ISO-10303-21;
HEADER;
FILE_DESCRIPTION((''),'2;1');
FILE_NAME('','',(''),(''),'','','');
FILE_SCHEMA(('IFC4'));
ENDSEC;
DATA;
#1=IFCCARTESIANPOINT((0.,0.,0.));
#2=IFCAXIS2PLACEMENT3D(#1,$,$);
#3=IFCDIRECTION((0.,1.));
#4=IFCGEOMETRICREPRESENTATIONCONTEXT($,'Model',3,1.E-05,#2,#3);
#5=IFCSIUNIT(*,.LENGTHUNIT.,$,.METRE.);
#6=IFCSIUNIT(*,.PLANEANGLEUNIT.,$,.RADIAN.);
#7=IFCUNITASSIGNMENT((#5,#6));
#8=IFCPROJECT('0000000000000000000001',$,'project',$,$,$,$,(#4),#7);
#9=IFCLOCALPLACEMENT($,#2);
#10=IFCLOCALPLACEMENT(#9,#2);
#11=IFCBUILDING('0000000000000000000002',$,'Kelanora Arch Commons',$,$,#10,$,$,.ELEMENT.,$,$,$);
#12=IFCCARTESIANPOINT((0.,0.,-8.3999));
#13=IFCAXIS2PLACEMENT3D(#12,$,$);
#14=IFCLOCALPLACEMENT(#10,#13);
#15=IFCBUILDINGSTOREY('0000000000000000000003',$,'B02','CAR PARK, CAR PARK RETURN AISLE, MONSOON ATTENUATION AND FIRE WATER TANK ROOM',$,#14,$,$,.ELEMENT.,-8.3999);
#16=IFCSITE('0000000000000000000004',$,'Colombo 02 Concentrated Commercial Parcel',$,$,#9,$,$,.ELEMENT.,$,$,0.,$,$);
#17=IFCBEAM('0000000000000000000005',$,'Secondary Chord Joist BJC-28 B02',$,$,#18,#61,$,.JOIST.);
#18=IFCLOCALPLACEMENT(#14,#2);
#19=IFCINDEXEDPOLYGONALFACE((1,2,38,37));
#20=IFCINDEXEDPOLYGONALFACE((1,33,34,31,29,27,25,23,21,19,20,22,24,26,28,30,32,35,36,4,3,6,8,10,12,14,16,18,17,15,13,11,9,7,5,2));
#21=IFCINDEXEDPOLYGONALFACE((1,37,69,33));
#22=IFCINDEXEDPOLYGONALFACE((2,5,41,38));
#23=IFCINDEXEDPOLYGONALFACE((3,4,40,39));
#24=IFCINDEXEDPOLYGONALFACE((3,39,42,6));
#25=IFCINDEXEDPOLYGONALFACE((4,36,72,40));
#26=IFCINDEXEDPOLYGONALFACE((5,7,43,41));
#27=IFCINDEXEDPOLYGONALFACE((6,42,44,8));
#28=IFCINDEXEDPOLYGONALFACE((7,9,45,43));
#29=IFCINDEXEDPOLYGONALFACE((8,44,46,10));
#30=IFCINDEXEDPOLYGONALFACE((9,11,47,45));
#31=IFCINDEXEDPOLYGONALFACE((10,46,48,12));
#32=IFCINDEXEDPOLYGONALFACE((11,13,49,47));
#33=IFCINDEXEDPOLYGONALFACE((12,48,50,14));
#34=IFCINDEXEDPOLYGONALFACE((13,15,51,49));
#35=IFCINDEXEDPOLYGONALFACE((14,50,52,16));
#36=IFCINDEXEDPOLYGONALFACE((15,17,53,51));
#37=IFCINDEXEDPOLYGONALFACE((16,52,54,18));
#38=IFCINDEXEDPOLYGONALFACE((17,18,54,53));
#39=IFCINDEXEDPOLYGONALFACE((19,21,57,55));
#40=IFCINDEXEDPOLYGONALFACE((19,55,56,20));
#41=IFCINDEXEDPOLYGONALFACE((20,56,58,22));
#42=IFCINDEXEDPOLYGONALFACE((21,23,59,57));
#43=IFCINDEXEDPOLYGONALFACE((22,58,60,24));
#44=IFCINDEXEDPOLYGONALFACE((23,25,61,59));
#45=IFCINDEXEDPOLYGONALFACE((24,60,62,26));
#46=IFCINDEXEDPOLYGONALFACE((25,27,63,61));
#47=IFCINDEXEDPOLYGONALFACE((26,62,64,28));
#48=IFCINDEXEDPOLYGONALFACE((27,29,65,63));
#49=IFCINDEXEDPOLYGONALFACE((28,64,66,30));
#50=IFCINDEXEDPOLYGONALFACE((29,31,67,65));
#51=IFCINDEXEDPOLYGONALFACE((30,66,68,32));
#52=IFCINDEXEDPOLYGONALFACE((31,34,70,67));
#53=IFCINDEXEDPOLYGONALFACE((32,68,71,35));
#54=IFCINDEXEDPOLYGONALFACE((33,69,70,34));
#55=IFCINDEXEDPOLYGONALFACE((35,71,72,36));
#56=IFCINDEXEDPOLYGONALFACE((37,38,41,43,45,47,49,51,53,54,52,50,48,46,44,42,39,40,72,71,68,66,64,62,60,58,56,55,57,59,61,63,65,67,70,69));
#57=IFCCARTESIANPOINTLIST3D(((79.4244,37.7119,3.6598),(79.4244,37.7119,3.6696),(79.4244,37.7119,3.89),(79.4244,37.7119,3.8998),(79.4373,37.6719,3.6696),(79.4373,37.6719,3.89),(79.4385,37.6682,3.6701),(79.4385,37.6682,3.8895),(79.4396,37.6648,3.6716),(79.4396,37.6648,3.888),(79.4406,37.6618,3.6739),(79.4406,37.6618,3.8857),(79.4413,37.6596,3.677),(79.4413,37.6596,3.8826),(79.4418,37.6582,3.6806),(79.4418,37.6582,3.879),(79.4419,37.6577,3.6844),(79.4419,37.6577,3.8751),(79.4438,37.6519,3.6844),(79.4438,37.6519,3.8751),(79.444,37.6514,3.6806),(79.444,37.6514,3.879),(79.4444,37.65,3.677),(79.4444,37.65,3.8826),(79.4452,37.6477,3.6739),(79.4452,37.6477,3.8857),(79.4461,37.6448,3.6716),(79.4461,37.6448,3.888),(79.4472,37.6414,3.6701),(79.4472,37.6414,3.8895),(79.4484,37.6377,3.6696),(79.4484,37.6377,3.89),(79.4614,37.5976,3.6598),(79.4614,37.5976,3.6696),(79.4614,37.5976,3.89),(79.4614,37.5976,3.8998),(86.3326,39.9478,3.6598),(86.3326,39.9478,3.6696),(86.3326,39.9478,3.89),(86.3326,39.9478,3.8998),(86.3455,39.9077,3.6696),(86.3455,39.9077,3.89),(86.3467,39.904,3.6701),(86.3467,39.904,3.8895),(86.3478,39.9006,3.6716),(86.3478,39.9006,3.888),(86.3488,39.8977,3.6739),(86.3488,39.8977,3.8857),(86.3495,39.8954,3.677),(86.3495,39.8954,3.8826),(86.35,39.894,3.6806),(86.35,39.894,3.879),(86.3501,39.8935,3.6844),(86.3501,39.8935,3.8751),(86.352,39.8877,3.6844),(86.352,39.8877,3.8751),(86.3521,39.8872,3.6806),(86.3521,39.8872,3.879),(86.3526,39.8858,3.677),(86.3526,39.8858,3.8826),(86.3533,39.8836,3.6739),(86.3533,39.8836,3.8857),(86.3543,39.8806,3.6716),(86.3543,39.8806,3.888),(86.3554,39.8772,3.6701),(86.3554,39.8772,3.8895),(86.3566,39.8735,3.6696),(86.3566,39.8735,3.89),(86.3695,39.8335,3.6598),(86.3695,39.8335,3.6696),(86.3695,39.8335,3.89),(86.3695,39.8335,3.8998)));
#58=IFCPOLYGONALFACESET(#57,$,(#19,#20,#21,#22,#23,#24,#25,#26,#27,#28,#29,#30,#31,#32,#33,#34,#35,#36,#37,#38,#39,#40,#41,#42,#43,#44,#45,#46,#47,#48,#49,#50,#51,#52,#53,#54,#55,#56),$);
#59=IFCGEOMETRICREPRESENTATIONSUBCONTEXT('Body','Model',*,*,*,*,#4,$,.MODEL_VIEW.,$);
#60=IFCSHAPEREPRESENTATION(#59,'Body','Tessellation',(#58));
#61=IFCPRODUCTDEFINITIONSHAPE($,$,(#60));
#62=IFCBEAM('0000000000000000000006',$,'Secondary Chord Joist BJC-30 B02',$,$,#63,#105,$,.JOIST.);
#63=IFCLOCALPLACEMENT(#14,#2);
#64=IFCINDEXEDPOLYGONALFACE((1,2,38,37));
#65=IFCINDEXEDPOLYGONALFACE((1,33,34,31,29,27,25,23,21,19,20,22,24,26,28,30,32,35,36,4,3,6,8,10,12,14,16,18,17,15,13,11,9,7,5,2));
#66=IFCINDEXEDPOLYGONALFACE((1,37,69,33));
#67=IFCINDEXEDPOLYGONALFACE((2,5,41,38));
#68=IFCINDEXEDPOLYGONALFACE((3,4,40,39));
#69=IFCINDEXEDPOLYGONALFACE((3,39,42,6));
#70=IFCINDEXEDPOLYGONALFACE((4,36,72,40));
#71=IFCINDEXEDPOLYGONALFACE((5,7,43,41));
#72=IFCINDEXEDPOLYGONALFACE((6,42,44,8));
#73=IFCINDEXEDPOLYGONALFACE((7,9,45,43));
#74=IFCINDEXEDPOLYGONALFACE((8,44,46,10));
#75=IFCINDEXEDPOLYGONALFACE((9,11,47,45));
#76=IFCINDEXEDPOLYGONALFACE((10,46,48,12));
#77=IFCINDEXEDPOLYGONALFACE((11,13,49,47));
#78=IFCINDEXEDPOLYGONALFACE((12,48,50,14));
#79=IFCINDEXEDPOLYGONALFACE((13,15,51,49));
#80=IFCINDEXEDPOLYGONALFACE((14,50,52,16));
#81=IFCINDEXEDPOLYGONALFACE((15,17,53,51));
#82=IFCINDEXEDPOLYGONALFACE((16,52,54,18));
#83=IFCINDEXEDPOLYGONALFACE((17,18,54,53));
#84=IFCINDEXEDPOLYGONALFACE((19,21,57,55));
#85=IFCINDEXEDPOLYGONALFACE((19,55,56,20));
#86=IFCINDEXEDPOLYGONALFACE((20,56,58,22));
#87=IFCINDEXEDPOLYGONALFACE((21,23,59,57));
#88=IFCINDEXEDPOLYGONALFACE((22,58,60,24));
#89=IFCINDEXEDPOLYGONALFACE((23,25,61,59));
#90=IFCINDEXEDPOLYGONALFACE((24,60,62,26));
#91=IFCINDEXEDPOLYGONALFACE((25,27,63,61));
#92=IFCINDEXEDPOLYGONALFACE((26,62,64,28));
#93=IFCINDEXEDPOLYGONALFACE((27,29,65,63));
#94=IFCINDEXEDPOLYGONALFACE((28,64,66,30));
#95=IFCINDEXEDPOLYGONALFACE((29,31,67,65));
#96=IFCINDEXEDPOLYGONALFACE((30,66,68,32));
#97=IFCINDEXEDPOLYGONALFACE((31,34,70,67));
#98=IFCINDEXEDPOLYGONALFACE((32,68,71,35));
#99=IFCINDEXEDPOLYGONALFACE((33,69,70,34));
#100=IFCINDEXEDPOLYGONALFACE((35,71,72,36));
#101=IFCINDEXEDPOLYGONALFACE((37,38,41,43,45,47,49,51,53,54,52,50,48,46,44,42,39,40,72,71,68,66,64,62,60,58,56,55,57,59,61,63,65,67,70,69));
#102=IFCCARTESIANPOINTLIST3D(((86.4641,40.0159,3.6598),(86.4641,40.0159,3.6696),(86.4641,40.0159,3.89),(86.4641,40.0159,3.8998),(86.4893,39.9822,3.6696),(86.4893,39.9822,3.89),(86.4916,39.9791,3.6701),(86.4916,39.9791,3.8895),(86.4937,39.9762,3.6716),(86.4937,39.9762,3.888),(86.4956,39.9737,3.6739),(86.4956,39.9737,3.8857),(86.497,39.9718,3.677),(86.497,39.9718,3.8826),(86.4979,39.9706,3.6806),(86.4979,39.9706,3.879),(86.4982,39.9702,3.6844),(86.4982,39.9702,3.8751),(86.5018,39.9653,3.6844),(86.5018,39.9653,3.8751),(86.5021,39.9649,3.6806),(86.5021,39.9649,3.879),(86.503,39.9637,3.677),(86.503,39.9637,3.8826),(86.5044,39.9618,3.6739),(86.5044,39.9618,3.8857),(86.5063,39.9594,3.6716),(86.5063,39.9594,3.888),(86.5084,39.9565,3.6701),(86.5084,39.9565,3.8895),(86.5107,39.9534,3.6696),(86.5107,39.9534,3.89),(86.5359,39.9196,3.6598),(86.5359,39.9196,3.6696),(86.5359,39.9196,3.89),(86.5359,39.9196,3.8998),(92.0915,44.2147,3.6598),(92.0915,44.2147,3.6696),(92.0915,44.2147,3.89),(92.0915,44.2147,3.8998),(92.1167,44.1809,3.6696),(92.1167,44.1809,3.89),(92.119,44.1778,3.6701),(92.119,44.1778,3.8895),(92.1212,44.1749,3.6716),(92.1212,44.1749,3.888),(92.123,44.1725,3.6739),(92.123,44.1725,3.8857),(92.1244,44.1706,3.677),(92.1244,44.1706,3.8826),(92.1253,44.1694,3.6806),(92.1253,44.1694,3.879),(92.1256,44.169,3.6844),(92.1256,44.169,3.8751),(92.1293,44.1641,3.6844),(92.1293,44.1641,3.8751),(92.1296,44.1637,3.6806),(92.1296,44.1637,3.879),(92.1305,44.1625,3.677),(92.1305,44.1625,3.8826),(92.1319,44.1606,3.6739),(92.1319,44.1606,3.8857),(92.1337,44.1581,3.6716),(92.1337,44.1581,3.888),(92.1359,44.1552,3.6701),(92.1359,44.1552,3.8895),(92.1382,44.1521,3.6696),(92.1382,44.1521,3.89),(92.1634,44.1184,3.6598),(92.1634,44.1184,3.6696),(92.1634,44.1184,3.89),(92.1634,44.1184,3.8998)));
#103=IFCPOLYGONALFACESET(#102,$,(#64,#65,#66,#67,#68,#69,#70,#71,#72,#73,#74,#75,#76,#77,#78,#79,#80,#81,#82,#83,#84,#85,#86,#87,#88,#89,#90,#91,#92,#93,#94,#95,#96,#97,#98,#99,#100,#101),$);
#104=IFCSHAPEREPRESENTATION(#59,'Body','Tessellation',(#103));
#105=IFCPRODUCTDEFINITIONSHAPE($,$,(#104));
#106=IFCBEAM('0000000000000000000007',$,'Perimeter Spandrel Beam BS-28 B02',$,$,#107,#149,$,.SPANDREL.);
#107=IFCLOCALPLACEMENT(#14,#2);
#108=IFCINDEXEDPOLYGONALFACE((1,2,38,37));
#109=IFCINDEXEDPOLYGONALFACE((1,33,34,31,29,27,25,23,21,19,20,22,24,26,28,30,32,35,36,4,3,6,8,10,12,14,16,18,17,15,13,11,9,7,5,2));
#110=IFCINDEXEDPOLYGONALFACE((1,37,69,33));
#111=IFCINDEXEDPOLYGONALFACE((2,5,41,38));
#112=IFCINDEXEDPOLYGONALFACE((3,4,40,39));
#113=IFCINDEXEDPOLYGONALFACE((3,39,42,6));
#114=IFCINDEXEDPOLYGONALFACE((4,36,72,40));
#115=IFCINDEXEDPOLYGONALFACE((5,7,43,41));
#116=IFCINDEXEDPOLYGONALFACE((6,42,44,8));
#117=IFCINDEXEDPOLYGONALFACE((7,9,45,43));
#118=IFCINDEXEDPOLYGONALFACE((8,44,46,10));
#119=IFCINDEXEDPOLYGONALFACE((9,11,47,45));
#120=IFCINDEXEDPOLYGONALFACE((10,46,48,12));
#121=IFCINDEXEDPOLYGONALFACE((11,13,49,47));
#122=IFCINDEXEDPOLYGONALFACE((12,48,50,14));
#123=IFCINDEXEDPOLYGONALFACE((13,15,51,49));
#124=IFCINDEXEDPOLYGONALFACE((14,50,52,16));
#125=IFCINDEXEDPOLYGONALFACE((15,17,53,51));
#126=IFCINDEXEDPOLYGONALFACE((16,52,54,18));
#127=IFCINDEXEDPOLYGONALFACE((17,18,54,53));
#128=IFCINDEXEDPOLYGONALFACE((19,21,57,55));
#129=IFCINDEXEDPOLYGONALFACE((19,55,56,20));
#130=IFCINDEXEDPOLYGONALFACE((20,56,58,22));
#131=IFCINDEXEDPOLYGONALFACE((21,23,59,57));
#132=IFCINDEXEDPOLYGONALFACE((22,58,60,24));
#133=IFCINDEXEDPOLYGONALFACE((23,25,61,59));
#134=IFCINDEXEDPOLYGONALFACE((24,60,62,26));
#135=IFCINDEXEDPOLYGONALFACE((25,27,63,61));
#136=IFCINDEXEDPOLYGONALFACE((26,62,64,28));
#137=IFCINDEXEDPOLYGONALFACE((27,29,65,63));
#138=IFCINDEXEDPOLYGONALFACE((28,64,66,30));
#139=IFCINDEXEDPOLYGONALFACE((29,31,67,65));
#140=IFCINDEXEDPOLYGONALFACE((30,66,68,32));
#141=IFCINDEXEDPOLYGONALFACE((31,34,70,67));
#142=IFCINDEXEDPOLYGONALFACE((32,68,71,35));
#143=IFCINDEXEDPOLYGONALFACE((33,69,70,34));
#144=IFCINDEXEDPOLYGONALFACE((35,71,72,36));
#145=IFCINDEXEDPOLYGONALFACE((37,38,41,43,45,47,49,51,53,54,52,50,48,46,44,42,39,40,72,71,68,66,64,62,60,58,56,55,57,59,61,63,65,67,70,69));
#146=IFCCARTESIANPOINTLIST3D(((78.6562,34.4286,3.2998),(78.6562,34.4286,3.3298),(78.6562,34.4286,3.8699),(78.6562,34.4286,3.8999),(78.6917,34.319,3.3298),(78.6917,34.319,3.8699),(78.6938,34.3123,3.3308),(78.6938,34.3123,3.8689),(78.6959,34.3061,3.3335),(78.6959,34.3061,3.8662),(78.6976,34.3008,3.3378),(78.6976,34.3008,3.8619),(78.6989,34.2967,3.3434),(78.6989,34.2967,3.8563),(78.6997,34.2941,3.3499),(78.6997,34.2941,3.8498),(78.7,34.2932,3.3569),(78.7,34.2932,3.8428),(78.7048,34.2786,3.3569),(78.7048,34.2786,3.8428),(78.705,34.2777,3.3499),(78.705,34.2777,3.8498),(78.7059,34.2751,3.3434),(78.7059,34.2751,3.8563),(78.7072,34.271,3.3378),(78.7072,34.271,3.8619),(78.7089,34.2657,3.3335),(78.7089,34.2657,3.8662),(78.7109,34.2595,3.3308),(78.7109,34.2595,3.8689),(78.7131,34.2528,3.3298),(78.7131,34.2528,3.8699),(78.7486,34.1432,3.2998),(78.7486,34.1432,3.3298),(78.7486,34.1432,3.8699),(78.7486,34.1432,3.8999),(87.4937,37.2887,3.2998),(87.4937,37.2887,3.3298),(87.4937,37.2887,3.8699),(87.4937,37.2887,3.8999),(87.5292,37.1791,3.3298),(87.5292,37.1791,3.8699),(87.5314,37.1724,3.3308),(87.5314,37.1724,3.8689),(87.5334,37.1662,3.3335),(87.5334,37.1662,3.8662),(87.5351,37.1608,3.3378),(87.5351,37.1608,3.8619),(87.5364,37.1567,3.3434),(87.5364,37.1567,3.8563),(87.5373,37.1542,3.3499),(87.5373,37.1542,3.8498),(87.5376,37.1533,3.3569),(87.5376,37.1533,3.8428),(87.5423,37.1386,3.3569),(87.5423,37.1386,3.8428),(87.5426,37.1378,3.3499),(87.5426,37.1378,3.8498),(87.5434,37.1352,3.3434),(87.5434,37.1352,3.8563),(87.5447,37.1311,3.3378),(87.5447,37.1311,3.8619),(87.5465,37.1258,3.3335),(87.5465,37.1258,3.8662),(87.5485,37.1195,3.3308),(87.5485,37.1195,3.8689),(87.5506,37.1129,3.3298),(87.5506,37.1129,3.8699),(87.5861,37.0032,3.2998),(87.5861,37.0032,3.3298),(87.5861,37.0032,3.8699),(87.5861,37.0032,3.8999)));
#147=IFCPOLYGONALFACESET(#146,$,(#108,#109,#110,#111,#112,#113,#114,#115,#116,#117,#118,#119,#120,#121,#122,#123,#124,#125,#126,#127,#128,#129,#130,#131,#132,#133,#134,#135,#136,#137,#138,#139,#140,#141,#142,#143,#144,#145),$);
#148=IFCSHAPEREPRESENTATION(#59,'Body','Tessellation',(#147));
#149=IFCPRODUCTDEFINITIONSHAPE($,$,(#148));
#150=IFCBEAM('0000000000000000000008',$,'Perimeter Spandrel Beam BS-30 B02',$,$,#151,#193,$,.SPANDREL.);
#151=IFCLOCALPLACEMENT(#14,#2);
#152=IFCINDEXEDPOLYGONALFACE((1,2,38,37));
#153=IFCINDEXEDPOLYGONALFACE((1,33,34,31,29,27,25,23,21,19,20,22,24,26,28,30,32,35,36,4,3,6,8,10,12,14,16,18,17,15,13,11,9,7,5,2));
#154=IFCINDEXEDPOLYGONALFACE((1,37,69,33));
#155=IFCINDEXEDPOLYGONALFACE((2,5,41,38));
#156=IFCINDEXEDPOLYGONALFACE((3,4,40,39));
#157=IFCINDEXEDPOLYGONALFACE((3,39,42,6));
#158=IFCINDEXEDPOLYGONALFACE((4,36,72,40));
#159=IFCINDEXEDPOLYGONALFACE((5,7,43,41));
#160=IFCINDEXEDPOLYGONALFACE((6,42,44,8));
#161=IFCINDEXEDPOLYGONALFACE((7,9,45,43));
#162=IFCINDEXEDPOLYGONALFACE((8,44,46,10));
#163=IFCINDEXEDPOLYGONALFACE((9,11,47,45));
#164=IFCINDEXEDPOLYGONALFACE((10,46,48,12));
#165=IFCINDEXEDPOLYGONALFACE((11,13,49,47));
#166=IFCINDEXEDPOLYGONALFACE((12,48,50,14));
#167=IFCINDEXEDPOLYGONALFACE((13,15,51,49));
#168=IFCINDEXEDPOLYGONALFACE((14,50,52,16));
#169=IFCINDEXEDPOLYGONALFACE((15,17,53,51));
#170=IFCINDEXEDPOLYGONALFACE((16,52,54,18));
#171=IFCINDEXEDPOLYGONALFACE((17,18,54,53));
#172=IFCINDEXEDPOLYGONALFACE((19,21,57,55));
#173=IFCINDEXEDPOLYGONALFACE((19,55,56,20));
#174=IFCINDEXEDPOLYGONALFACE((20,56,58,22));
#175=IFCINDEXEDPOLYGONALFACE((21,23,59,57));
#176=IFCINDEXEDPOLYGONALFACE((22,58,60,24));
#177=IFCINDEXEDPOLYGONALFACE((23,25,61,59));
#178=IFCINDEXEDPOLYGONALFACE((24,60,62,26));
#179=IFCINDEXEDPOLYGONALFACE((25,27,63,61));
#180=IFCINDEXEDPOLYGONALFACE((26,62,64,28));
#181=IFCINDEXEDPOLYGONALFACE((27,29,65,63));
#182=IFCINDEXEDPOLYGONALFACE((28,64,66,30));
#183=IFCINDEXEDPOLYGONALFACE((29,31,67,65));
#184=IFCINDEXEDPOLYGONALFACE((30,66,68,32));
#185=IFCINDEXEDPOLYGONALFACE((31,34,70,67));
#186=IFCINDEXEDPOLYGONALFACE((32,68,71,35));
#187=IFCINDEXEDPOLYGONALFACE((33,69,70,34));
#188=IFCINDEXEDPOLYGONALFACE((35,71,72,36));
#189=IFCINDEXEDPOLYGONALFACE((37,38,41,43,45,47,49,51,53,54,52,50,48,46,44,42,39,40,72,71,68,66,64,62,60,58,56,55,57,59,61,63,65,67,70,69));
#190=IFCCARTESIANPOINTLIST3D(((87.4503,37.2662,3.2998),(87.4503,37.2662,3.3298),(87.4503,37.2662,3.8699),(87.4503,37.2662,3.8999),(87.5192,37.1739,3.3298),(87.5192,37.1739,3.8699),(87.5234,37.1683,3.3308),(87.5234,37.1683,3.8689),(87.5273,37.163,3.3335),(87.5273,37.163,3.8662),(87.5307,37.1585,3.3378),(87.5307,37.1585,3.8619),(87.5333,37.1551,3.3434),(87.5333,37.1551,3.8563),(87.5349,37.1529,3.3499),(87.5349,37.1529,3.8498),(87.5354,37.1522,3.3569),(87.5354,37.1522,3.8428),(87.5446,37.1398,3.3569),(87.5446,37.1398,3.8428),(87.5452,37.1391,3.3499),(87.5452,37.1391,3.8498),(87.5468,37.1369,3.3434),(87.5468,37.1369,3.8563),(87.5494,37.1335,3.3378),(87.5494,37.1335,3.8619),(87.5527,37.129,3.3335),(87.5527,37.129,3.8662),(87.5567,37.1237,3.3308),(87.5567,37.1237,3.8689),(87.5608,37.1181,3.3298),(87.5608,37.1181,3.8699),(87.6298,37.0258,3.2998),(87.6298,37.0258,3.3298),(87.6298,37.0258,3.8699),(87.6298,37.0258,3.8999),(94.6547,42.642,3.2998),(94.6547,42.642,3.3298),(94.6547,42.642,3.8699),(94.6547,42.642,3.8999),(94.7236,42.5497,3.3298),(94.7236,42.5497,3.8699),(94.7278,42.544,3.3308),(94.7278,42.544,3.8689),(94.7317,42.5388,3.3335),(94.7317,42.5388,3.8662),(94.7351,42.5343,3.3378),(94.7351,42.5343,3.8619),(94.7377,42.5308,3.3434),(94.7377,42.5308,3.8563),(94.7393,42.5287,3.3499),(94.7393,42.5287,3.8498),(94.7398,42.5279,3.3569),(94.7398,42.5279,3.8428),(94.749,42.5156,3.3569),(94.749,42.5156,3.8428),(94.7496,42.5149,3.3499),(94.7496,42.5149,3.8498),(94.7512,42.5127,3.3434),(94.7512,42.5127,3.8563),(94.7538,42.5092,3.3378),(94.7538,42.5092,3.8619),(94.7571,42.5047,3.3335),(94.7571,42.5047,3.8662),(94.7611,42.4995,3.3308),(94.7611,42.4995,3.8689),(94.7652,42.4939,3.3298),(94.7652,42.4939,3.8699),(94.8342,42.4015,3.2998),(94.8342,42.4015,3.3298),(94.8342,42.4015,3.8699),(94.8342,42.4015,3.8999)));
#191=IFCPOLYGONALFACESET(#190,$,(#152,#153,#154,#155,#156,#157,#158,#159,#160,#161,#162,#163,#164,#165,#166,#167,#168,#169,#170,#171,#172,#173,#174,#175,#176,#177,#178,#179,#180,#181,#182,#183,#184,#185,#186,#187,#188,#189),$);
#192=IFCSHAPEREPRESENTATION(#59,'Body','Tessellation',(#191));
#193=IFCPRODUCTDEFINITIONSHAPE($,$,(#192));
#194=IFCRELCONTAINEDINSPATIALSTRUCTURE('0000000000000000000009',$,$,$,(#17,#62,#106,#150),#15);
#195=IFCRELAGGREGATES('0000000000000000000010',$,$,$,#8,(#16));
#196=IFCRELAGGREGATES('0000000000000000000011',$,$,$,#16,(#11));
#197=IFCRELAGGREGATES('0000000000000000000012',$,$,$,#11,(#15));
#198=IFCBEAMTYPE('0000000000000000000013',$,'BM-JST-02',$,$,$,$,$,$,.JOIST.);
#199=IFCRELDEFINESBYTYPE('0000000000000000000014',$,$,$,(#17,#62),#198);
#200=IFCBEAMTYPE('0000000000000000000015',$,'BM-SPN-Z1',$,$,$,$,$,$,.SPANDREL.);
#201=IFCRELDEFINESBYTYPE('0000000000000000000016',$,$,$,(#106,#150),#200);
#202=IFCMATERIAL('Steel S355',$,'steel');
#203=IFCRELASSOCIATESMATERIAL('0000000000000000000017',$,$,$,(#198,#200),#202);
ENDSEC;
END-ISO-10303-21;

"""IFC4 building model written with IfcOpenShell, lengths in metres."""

from ifc_helpers import new_model, si_unit, direction, frame, origin, origin_2d, place, context, subcontext, project, spatial, i_section, extrude, material, material_profile, profile_set, type_object, element, save


model = new_model("IFC4")

# Units and contexts
model_context = context("Model", 3, precision=1e-05, world=origin(), true_north=direction((0.0, 1.0)))
body_context = subcontext(model_context, "Body", "Model", "MODEL_VIEW")
ifc_project = project(units=[si_unit("LENGTHUNIT", "METRE"), si_unit("PLANEANGLEUNIT", "RADIAN")], contexts=[model_context])

# Site, building, storey
site_placement = place(None, origin())
site = spatial("IfcSite", under=ifc_project, at=site_placement, Name="Colombo 02 Concentrated Commercial Parcel", CompositionType="ELEMENT", RefElevation=0.0)
building_placement = place(site_placement, origin())
building = spatial("IfcBuilding", under=site, at=building_placement, Name="Kelanora Arch Commons", CompositionType="ELEMENT")
storey_placement = place(building_placement, frame((0.0, 0.0, -8.3999)))
storey = spatial("IfcBuildingStorey", under=building, at=storey_placement, Name="B02", Description="CAR PARK, CAR PARK RETURN AISLE, MONSOON ATTENUATION AND FIRE WATER TANK ROOM", CompositionType="ELEMENT", Elevation=-8.3999)

# Beams
ifc_material_1 = material(Name="Steel S355", Category="steel")
ifc_material_profile_1 = material_profile(ifc_material_1, i_section(OverallWidth=0.1201, OverallDepth=0.24, WebThickness=0.0061, FlangeThickness=0.0098, FilletRadius=0.0149, at=origin_2d()), Name="IPE240")
ifc_profile_set_1 = profile_set([ifc_material_profile_1], Name="Steel S355")
beam_type_1 = type_object("IfcBeamType", Name="BM-JST-02", PredefinedType="JOIST", material=ifc_profile_set_1)
beam_1_placement = place(storey_placement, frame((79.4429, 37.6548, 3.7798), z_axis=(0.951411, 0.307924, 0.0), x_axis=(-0.307924, 0.951411, 0.0)))
element("IfcBeam", 1, at=beam_1_placement, inside=storey, type_object=beam_type_1, Name="Secondary Chord Joist BJC-28 B02", PredefinedType="JOIST", context=body_context, shape_type="SweptSolid", body=[
    extrude(i_section(OverallWidth=0.1201, OverallDepth=0.24, WebThickness=0.0061, FlangeThickness=0.0098, FilletRadius=0.0149, at=origin_2d()), origin(), (0.0, 0.0, 1.0), 7.261),
])
beam_2_placement = place(storey_placement, frame((86.5, 39.9678, 3.7798), z_axis=(0.801491, 0.598006, 0.0), x_axis=(-0.598006, 0.801491, 0.0)))
element("IfcBeam", 2, at=beam_2_placement, inside=storey, type_object=beam_type_1, Name="Secondary Chord Joist BJC-30 B02", PredefinedType="JOIST", context=body_context, shape_type="SweptSolid", body=[
    extrude(i_section(OverallWidth=0.1201, OverallDepth=0.24, WebThickness=0.0061, FlangeThickness=0.0098, FilletRadius=0.0149, at=origin_2d()), origin(), (0.0, 0.0, 1.0), 7.0212),
])
ifc_material_profile_2 = material_profile(ifc_material_1, i_section(OverallWidth=0.3, OverallDepth=0.6001, WebThickness=0.0154, FlangeThickness=0.03, FilletRadius=0.0271, at=origin_2d()), Name="HEB600")
ifc_profile_set_2 = profile_set([ifc_material_profile_2], Name="Steel S355")
beam_type_2 = type_object("IfcBeamType", Name="BM-SPN-Z1", PredefinedType="SPANDREL", material=ifc_profile_set_2)
beam_3_placement = place(storey_placement, frame((78.7024, 34.2859, 3.5999), z_axis=(0.951417, 0.307905, 0.0), x_axis=(-0.307905, 0.951417, 0.0)))
element("IfcBeam", 3, at=beam_3_placement, inside=storey, type_object=beam_type_2, Name="Perimeter Spandrel Beam BS-28 B02", PredefinedType="SPANDREL", context=body_context, shape_type="SweptSolid", body=[
    extrude(i_section(OverallWidth=0.3, OverallDepth=0.6001, WebThickness=0.0154, FlangeThickness=0.03, FilletRadius=0.0271, at=origin_2d()), origin(), (0.0, 0.0, 1.0), 9.2888),
])
beam_4_placement = place(storey_placement, frame((87.54, 37.146, 3.5999), z_axis=(0.801468, 0.598038, 0.0), x_axis=(-0.598038, 0.801468, 0.0)))
element("IfcBeam", 4, at=beam_4_placement, inside=storey, type_object=beam_type_2, Name="Perimeter Spandrel Beam BS-30 B02", PredefinedType="SPANDREL", context=body_context, shape_type="SweptSolid", body=[
    extrude(i_section(OverallWidth=0.3, OverallDepth=0.6001, WebThickness=0.0154, FlangeThickness=0.03, FilletRadius=0.0271, at=origin_2d()), origin(), (0.0, 0.0, 1.0), 8.989),
])

save(model, "model.ifc")
